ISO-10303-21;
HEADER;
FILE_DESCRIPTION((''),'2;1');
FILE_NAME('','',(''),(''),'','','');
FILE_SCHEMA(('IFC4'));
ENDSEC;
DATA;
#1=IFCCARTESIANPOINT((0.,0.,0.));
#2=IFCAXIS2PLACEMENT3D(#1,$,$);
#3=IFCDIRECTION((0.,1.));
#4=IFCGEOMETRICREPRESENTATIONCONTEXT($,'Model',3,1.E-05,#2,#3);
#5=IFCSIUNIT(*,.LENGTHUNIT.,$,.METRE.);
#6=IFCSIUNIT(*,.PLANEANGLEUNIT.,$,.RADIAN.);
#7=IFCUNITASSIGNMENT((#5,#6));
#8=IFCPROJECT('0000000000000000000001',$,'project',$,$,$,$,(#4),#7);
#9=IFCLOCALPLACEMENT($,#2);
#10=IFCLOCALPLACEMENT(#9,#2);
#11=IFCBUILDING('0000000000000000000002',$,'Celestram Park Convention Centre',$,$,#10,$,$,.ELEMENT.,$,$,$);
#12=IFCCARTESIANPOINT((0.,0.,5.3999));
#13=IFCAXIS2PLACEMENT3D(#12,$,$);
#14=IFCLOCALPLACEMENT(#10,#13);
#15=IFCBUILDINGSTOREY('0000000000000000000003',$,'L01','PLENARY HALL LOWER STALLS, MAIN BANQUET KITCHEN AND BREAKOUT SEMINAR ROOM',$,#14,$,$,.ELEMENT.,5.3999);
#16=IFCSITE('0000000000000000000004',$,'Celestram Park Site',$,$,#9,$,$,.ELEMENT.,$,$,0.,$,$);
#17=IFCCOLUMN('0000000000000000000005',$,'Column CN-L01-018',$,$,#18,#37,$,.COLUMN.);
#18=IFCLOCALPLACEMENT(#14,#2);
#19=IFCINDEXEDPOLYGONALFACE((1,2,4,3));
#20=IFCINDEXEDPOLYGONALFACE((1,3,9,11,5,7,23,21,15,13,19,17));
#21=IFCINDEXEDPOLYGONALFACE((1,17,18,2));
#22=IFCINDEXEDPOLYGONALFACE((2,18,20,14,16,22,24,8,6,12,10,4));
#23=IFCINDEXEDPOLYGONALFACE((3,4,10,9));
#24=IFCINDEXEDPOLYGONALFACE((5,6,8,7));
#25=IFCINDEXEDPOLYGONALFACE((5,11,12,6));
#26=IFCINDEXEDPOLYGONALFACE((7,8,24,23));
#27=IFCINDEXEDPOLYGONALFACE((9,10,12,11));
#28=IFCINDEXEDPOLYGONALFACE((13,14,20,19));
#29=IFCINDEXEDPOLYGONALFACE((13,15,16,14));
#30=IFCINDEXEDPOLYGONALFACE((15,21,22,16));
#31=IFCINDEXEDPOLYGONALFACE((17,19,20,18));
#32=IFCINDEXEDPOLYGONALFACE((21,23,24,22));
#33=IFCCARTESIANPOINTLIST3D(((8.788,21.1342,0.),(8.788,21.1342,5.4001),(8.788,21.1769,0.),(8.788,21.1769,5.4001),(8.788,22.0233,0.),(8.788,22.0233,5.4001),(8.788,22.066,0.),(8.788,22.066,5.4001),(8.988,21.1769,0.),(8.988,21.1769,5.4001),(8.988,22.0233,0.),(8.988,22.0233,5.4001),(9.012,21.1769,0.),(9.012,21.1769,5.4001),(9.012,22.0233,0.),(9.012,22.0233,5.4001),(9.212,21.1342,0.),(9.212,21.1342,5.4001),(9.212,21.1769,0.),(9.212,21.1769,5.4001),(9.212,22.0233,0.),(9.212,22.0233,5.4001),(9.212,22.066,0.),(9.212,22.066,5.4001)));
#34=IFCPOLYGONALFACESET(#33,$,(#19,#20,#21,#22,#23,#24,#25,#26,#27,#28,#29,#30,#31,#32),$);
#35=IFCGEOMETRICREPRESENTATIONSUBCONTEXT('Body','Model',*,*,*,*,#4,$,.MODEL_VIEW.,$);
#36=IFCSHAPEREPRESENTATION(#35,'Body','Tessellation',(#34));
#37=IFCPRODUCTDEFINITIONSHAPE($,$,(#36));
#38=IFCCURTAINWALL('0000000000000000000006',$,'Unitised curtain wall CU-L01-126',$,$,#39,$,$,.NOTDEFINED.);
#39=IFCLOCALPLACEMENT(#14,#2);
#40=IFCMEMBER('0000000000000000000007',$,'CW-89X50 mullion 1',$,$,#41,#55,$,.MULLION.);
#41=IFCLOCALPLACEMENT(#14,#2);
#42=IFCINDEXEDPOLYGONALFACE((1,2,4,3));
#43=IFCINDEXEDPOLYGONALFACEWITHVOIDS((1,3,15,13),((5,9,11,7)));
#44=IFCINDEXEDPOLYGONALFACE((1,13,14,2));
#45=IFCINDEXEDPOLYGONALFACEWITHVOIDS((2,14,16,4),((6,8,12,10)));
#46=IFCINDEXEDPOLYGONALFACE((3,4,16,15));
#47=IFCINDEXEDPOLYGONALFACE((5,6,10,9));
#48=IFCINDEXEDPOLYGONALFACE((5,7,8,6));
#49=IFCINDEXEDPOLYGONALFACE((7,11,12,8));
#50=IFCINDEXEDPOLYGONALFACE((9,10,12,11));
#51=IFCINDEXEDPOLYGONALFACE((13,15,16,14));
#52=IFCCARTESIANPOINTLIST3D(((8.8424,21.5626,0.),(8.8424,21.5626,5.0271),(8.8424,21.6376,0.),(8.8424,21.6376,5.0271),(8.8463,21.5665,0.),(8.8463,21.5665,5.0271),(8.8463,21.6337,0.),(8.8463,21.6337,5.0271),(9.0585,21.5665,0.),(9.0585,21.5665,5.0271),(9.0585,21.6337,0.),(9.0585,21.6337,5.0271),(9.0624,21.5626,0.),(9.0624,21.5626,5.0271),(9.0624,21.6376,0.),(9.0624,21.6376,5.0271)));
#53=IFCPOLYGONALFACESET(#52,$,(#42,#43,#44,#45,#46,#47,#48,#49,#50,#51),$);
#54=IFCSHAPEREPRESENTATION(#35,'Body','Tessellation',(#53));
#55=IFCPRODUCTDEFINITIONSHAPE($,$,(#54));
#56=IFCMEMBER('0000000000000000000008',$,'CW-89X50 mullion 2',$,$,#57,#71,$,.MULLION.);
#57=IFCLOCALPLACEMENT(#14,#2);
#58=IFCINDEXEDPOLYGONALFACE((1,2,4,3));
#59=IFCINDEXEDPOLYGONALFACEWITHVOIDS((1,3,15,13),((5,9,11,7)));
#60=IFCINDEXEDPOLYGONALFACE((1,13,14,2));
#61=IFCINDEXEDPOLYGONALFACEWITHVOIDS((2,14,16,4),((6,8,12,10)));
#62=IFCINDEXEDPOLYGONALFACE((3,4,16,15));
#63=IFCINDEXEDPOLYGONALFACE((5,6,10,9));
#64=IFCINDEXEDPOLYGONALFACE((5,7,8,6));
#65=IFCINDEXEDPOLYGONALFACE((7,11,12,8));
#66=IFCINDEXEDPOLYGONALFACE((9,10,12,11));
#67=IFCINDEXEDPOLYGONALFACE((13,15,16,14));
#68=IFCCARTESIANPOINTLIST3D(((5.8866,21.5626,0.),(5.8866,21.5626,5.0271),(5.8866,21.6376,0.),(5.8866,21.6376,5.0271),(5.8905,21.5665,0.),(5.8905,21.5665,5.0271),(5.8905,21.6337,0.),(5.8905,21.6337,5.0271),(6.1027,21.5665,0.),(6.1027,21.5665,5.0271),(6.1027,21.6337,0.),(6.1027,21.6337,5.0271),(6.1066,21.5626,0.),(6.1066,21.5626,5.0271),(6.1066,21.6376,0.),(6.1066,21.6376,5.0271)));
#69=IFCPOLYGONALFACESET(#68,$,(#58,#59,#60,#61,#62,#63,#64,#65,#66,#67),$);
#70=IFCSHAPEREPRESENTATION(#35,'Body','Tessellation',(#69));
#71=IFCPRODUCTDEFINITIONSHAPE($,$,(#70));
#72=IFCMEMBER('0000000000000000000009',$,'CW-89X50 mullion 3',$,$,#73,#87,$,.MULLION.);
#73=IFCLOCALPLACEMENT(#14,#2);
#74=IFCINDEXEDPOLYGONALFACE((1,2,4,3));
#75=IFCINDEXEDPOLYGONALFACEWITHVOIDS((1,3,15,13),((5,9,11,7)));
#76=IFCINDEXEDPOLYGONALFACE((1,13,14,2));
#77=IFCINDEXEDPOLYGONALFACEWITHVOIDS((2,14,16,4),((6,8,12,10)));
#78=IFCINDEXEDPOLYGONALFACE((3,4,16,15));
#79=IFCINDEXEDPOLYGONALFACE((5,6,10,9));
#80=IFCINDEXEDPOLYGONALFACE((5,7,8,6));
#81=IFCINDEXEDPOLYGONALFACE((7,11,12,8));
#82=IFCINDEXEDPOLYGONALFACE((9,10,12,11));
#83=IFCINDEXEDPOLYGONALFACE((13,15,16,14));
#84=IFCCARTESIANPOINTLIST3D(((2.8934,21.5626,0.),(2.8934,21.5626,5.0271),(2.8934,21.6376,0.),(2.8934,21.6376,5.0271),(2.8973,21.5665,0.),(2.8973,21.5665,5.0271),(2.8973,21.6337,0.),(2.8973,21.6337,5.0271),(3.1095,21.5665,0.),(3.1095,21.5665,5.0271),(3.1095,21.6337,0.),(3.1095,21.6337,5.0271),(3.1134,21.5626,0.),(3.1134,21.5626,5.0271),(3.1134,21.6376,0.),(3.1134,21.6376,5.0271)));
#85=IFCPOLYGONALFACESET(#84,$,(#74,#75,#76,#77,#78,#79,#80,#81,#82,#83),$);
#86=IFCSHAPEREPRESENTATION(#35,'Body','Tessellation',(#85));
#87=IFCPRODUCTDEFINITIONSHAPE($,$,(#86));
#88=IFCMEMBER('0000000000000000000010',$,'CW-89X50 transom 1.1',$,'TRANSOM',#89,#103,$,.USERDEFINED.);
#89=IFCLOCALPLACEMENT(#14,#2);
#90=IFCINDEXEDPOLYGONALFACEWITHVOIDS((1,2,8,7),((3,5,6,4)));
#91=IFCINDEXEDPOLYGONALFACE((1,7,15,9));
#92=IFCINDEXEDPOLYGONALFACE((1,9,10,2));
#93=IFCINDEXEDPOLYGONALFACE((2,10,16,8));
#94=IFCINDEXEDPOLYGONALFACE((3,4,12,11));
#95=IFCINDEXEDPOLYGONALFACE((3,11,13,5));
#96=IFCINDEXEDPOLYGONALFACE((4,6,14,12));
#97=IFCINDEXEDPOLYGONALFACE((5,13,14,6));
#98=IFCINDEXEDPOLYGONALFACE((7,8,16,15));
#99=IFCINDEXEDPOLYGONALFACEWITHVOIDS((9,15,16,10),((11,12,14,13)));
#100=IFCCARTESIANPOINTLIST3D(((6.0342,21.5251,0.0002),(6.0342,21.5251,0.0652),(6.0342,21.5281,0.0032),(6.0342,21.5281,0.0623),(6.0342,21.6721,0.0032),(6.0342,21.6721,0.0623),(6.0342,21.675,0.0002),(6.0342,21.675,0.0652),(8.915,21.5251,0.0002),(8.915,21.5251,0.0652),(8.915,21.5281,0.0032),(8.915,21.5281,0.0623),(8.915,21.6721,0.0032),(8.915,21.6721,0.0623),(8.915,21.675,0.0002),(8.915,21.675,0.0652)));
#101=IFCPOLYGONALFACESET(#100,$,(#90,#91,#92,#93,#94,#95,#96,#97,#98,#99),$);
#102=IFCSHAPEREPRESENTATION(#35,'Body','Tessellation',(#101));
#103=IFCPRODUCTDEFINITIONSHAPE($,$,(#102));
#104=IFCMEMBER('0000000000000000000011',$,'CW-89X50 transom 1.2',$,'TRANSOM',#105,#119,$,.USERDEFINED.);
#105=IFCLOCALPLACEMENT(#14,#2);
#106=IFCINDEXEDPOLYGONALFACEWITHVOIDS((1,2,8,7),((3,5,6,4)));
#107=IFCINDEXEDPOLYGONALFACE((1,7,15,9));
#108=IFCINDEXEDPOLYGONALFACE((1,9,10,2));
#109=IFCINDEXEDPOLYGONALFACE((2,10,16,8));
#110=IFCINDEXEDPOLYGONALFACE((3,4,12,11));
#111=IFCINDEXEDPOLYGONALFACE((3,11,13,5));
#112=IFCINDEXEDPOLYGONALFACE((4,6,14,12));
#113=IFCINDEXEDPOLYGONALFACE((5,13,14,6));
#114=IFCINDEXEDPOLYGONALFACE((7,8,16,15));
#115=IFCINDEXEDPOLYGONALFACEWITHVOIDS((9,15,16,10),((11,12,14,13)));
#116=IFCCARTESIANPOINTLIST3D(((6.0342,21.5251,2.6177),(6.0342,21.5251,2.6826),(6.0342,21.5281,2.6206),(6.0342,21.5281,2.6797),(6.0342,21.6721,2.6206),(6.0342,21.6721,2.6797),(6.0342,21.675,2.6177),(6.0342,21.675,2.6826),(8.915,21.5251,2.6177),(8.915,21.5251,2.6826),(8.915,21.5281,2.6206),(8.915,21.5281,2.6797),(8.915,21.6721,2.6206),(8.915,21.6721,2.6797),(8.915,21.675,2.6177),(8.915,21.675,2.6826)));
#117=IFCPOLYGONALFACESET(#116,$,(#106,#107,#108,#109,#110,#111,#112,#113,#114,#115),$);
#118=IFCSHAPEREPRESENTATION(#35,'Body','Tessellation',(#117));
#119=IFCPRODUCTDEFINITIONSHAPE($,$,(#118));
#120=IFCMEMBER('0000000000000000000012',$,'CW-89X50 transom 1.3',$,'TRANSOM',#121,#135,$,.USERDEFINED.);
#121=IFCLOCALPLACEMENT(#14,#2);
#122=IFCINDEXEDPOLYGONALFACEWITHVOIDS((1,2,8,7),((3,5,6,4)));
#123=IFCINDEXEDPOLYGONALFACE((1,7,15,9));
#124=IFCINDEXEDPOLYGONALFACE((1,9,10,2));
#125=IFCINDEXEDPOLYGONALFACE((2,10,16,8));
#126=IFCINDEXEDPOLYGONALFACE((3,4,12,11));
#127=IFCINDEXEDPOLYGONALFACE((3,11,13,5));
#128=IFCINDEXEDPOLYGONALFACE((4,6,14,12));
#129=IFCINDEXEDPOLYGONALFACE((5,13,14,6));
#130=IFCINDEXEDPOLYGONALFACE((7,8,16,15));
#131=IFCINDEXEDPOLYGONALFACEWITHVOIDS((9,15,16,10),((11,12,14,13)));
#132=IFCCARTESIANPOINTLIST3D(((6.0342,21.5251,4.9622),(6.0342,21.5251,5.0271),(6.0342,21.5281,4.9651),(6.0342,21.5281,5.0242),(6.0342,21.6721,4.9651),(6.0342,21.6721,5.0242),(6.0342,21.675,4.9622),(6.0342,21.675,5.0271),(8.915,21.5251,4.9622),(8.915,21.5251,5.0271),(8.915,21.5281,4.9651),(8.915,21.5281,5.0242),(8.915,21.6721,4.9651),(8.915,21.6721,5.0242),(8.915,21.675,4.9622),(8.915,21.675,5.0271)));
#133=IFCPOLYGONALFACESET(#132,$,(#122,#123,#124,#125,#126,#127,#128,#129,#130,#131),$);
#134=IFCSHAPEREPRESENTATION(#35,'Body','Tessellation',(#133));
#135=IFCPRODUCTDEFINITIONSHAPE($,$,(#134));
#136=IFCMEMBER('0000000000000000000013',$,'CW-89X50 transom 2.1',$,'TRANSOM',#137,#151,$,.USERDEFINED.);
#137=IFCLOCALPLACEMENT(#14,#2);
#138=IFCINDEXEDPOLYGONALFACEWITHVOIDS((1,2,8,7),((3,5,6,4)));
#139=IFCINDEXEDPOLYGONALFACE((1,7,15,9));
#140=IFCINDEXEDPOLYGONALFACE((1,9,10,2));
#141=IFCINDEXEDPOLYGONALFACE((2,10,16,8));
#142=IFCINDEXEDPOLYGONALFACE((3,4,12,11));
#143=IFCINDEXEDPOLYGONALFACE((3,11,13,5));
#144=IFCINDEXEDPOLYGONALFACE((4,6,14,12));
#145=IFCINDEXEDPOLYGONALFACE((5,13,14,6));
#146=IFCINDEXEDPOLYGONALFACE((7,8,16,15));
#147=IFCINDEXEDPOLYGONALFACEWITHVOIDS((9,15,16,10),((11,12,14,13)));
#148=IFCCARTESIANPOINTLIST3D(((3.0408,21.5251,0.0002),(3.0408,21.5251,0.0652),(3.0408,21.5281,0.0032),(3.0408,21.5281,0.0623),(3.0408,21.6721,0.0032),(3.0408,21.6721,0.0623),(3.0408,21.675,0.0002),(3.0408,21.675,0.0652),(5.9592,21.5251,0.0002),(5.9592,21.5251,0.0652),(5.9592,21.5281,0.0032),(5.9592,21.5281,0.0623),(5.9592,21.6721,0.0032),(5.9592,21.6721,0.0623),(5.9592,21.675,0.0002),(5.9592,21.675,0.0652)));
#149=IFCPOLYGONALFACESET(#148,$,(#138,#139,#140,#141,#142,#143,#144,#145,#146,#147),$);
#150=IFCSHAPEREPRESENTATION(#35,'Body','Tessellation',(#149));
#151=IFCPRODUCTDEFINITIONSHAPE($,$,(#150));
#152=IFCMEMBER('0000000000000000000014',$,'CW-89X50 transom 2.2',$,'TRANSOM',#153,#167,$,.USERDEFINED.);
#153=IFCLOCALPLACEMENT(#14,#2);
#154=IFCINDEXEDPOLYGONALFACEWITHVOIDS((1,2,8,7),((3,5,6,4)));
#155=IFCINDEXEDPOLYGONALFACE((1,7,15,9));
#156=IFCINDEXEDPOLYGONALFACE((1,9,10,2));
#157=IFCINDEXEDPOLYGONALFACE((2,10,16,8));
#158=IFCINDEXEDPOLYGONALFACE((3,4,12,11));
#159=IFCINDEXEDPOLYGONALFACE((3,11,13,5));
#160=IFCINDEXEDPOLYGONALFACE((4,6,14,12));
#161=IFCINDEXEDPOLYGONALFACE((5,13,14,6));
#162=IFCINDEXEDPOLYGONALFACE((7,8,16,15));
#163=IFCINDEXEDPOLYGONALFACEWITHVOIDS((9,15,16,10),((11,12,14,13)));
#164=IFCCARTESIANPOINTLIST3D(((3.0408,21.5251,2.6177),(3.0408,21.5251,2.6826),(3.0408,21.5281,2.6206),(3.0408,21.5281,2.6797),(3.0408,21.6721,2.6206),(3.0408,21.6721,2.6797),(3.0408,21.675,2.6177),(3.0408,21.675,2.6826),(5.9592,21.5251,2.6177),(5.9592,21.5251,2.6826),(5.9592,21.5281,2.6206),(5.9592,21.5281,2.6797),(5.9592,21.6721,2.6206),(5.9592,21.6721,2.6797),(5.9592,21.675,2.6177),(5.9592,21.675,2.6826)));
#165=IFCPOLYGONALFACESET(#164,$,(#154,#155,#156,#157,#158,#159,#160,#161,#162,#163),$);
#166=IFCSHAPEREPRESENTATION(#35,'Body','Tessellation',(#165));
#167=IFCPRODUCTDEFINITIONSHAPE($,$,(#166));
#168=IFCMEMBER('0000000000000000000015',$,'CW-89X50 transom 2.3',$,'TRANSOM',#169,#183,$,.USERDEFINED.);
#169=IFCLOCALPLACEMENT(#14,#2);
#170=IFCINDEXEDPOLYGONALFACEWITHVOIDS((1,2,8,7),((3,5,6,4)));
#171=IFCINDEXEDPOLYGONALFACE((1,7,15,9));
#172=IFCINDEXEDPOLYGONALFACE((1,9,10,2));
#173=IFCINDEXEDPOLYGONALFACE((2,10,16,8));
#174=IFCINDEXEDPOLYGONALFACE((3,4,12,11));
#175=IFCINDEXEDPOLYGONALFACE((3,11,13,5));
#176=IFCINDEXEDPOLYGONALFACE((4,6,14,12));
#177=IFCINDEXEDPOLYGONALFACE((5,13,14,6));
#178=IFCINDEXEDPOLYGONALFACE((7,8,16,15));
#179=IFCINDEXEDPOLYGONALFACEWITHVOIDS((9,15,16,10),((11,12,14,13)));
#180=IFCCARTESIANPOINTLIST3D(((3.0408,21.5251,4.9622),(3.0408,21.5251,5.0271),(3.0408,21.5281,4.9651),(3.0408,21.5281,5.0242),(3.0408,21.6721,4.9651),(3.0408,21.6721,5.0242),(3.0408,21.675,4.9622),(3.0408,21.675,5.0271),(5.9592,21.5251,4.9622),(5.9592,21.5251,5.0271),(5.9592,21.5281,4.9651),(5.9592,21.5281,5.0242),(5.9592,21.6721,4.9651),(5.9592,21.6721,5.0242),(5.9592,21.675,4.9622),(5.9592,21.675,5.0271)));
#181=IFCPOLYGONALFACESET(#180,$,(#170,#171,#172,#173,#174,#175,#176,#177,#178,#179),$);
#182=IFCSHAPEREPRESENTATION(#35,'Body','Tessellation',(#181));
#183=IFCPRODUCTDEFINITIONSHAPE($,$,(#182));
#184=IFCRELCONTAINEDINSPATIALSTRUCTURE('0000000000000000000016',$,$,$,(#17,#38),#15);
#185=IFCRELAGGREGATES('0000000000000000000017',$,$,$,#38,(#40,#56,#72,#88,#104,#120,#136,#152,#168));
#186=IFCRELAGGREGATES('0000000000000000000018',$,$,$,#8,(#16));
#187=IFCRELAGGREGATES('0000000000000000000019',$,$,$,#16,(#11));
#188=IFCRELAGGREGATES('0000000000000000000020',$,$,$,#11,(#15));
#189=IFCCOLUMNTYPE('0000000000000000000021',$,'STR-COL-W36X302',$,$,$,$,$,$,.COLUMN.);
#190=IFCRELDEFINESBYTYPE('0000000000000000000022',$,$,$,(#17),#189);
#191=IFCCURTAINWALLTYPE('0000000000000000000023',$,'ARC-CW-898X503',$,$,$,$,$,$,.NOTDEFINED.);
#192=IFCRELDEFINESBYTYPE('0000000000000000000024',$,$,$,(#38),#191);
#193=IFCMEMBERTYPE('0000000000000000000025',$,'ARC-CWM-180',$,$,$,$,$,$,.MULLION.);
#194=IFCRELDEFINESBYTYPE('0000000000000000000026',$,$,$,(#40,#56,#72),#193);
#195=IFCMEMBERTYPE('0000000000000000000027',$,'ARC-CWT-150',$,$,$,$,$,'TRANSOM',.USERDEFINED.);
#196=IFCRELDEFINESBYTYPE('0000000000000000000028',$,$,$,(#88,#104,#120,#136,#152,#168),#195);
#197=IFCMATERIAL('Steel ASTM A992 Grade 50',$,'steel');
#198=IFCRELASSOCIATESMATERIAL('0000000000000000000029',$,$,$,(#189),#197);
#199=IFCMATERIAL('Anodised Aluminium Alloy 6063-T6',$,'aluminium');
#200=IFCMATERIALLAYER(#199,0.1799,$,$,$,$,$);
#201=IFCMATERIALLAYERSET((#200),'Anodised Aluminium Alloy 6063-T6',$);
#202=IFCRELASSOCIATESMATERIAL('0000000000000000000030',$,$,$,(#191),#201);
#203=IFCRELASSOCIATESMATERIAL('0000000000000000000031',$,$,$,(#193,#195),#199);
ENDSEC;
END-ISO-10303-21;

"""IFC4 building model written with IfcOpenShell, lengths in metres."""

from ifc_helpers import new_model, si_unit, direction, frame, origin, origin_2d, place, context, subcontext, project, spatial, hollow_rectangle, i_section, extrude, material, layer, layer_set, material_profile, profile_set, type_object, element, aggregate, save


model = new_model("IFC4")

# Units and contexts
model_context = context("Model", 3, precision=1e-05, world=origin(), true_north=direction((0.0, 1.0)))
body_context = subcontext(model_context, "Body", "Model", "MODEL_VIEW")
ifc_project = project(units=[si_unit("LENGTHUNIT", "METRE"), si_unit("PLANEANGLEUNIT", "RADIAN")], contexts=[model_context])

# Site, building, storey
site_placement = place(None, origin())
site = spatial("IfcSite", under=ifc_project, at=site_placement, Name="Celestram Park Site", CompositionType="ELEMENT", RefElevation=0.0)
building_placement = place(site_placement, origin())
building = spatial("IfcBuilding", under=site, at=building_placement, Name="Celestram Park Convention Centre", CompositionType="ELEMENT")
storey_placement = place(building_placement, frame((0.0, 0.0, 5.3999)))
storey = spatial("IfcBuildingStorey", under=building, at=storey_placement, Name="L01", Description="PLENARY HALL LOWER STALLS, MAIN BANQUET KITCHEN AND BREAKOUT SEMINAR ROOM", CompositionType="ELEMENT", Elevation=5.3999)

# Column
ifc_material_1 = material(Name="Steel ASTM A992 Grade 50", Category="steel")
ifc_material_profile_1 = material_profile(ifc_material_1, i_section(OverallWidth=0.4241, OverallDepth=0.9319, WebThickness=0.0239, FlangeThickness=0.0427, at=origin_2d()), Name="W36X302")
ifc_profile_set_1 = profile_set([ifc_material_profile_1], Name="Steel ASTM A992 Grade 50")
column_type = type_object("IfcColumnType", Name="STR-COL-W36X302", PredefinedType="COLUMN", material=ifc_profile_set_1)
column_placement = place(storey_placement, frame((9.0, 21.6001, 0.0), z_axis=(0.0, 0.0, 1.0), x_axis=(1.0, 0.0, 0.0)))
element("IfcColumn", 1, at=column_placement, inside=storey, type_object=column_type, Name="Column CN-L01-018", PredefinedType="COLUMN", context=body_context, shape_type="SweptSolid", body=[
    extrude(i_section(OverallWidth=0.4241, OverallDepth=0.9319, WebThickness=0.0239, FlangeThickness=0.0427, at=origin_2d()), origin(), (0.0, 0.0, 1.0), 5.4001),
])

# Curtain wall, members
ifc_material_2 = material(Name="Anodised Aluminium Alloy 6063-T6", Category="aluminium")
ifc_layer_1 = layer(ifc_material_2, 0.1799)
ifc_layer_set_1 = layer_set([ifc_layer_1], Name="Anodised Aluminium Alloy 6063-T6")
curtain_wall_type = type_object("IfcCurtainWallType", Name="ARC-CW-898X503", PredefinedType="NOTDEFINED", material=ifc_layer_set_1)
curtain_wall_placement = place(storey_placement, origin())
curtain_wall = element("IfcCurtainWall", 2, at=curtain_wall_placement, inside=storey, type_object=curtain_wall_type, Name="Unitised curtain wall CU-L01-126", PredefinedType="NOTDEFINED")
ifc_material_profile_2 = material_profile(ifc_material_2, hollow_rectangle(XDim=0.075, YDim=0.22, WallThickness=0.0039, at=origin_2d()), Name="ALU75X220X4")
ifc_profile_set_2 = profile_set([ifc_material_profile_2], Name="Anodised Aluminium Alloy 6063-T6")
member_type_1 = type_object("IfcMemberType", Name="ARC-CWM-180", PredefinedType="MULLION", material=ifc_profile_set_2)
member_1_placement = place(storey_placement, frame((8.9524, 21.6001, 0.0), z_axis=(0.0, 0.0, 1.0), x_axis=(0.0, -1.0, 0.0)))
member_1 = element("IfcMember", 3, at=member_1_placement, type_object=member_type_1, Name="CW-89X50 mullion 1", PredefinedType="MULLION", context=body_context, shape_type="SweptSolid", body=[
    extrude(hollow_rectangle(XDim=0.075, YDim=0.22, WallThickness=0.0039, at=origin_2d()), origin(), (0.0, 0.0, 1.0), 5.0271),
])
member_2_placement = place(storey_placement, frame((5.9966, 21.6001, 0.0), z_axis=(0.0, 0.0, 1.0), x_axis=(0.0, -1.0, 0.0)))
member_2 = element("IfcMember", 4, at=member_2_placement, type_object=member_type_1, Name="CW-89X50 mullion 2", PredefinedType="MULLION", context=body_context, shape_type="SweptSolid", body=[
    extrude(hollow_rectangle(XDim=0.075, YDim=0.22, WallThickness=0.0039, at=origin_2d()), origin(), (0.0, 0.0, 1.0), 5.0271),
])
member_3_placement = place(storey_placement, frame((3.0034, 21.6001, 0.0), z_axis=(0.0, 0.0, 1.0), x_axis=(0.0, -1.0, 0.0)))
member_3 = element("IfcMember", 5, at=member_3_placement, type_object=member_type_1, Name="CW-89X50 mullion 3", PredefinedType="MULLION", context=body_context, shape_type="SweptSolid", body=[
    extrude(hollow_rectangle(XDim=0.075, YDim=0.22, WallThickness=0.0039, at=origin_2d()), origin(), (0.0, 0.0, 1.0), 5.0271),
])
ifc_material_profile_3 = material_profile(ifc_material_2, hollow_rectangle(XDim=0.1499, YDim=0.0649, WallThickness=0.0029, at=origin_2d()), Name="ALU150X65X3")
ifc_profile_set_3 = profile_set([ifc_material_profile_3], Name="Anodised Aluminium Alloy 6063-T6")
member_type_2 = type_object("IfcMemberType", Name="ARC-CWT-150", ElementType="TRANSOM", PredefinedType="USERDEFINED", material=ifc_profile_set_3)
member_4_placement = place(storey_placement, frame((8.915, 21.6001, 0.0327), z_axis=(-1.0, 0.0, 0.0), x_axis=(0.0, -1.0, 0.0)))
member_4 = element("IfcMember", 6, at=member_4_placement, type_object=member_type_2, Name="CW-89X50 transom 1.1", ObjectType="TRANSOM", PredefinedType="USERDEFINED", context=body_context, shape_type="SweptSolid", body=[
    extrude(hollow_rectangle(XDim=0.1499, YDim=0.0649, WallThickness=0.0029, at=origin_2d()), origin(), (0.0, 0.0, 1.0), 2.8809),
])
member_5_placement = place(storey_placement, frame((8.915, 21.6001, 2.6501), z_axis=(-1.0, 0.0, 0.0), x_axis=(0.0, -1.0, 0.0)))
member_5 = element("IfcMember", 7, at=member_5_placement, type_object=member_type_2, Name="CW-89X50 transom 1.2", ObjectType="TRANSOM", PredefinedType="USERDEFINED", context=body_context, shape_type="SweptSolid", body=[
    extrude(hollow_rectangle(XDim=0.1499, YDim=0.0649, WallThickness=0.0029, at=origin_2d()), origin(), (0.0, 0.0, 1.0), 2.8809),
])
member_6_placement = place(storey_placement, frame((8.915, 21.6001, 4.9946), z_axis=(-1.0, 0.0, 0.0), x_axis=(0.0, -1.0, 0.0)))
member_6 = element("IfcMember", 8, at=member_6_placement, type_object=member_type_2, Name="CW-89X50 transom 1.3", ObjectType="TRANSOM", PredefinedType="USERDEFINED", context=body_context, shape_type="SweptSolid", body=[
    extrude(hollow_rectangle(XDim=0.1499, YDim=0.0649, WallThickness=0.0029, at=origin_2d()), origin(), (0.0, 0.0, 1.0), 2.8809),
])
member_7_placement = place(storey_placement, frame((5.9592, 21.6001, 0.0327), z_axis=(-1.0, 0.0, 0.0), x_axis=(0.0, -1.0, 0.0)))
member_7 = element("IfcMember", 9, at=member_7_placement, type_object=member_type_2, Name="CW-89X50 transom 2.1", ObjectType="TRANSOM", PredefinedType="USERDEFINED", context=body_context, shape_type="SweptSolid", body=[
    extrude(hollow_rectangle(XDim=0.1499, YDim=0.0649, WallThickness=0.0029, at=origin_2d()), origin(), (0.0, 0.0, 1.0), 2.9185),
])
member_8_placement = place(storey_placement, frame((5.9592, 21.6001, 2.6501), z_axis=(-1.0, 0.0, 0.0), x_axis=(0.0, -1.0, 0.0)))
member_8 = element("IfcMember", 10, at=member_8_placement, type_object=member_type_2, Name="CW-89X50 transom 2.2", ObjectType="TRANSOM", PredefinedType="USERDEFINED", context=body_context, shape_type="SweptSolid", body=[
    extrude(hollow_rectangle(XDim=0.1499, YDim=0.0649, WallThickness=0.0029, at=origin_2d()), origin(), (0.0, 0.0, 1.0), 2.9185),
])
member_9_placement = place(storey_placement, frame((5.9592, 21.6001, 4.9946), z_axis=(-1.0, 0.0, 0.0), x_axis=(0.0, -1.0, 0.0)))
member_9 = element("IfcMember", 11, at=member_9_placement, type_object=member_type_2, Name="CW-89X50 transom 2.3", ObjectType="TRANSOM", PredefinedType="USERDEFINED", context=body_context, shape_type="SweptSolid", body=[
    extrude(hollow_rectangle(XDim=0.1499, YDim=0.0649, WallThickness=0.0029, at=origin_2d()), origin(), (0.0, 0.0, 1.0), 2.9185),
])
aggregate(curtain_wall, [member_1, member_2, member_3, member_4, member_5, member_6, member_7, member_8, member_9])

save(model, "model.ifc")
